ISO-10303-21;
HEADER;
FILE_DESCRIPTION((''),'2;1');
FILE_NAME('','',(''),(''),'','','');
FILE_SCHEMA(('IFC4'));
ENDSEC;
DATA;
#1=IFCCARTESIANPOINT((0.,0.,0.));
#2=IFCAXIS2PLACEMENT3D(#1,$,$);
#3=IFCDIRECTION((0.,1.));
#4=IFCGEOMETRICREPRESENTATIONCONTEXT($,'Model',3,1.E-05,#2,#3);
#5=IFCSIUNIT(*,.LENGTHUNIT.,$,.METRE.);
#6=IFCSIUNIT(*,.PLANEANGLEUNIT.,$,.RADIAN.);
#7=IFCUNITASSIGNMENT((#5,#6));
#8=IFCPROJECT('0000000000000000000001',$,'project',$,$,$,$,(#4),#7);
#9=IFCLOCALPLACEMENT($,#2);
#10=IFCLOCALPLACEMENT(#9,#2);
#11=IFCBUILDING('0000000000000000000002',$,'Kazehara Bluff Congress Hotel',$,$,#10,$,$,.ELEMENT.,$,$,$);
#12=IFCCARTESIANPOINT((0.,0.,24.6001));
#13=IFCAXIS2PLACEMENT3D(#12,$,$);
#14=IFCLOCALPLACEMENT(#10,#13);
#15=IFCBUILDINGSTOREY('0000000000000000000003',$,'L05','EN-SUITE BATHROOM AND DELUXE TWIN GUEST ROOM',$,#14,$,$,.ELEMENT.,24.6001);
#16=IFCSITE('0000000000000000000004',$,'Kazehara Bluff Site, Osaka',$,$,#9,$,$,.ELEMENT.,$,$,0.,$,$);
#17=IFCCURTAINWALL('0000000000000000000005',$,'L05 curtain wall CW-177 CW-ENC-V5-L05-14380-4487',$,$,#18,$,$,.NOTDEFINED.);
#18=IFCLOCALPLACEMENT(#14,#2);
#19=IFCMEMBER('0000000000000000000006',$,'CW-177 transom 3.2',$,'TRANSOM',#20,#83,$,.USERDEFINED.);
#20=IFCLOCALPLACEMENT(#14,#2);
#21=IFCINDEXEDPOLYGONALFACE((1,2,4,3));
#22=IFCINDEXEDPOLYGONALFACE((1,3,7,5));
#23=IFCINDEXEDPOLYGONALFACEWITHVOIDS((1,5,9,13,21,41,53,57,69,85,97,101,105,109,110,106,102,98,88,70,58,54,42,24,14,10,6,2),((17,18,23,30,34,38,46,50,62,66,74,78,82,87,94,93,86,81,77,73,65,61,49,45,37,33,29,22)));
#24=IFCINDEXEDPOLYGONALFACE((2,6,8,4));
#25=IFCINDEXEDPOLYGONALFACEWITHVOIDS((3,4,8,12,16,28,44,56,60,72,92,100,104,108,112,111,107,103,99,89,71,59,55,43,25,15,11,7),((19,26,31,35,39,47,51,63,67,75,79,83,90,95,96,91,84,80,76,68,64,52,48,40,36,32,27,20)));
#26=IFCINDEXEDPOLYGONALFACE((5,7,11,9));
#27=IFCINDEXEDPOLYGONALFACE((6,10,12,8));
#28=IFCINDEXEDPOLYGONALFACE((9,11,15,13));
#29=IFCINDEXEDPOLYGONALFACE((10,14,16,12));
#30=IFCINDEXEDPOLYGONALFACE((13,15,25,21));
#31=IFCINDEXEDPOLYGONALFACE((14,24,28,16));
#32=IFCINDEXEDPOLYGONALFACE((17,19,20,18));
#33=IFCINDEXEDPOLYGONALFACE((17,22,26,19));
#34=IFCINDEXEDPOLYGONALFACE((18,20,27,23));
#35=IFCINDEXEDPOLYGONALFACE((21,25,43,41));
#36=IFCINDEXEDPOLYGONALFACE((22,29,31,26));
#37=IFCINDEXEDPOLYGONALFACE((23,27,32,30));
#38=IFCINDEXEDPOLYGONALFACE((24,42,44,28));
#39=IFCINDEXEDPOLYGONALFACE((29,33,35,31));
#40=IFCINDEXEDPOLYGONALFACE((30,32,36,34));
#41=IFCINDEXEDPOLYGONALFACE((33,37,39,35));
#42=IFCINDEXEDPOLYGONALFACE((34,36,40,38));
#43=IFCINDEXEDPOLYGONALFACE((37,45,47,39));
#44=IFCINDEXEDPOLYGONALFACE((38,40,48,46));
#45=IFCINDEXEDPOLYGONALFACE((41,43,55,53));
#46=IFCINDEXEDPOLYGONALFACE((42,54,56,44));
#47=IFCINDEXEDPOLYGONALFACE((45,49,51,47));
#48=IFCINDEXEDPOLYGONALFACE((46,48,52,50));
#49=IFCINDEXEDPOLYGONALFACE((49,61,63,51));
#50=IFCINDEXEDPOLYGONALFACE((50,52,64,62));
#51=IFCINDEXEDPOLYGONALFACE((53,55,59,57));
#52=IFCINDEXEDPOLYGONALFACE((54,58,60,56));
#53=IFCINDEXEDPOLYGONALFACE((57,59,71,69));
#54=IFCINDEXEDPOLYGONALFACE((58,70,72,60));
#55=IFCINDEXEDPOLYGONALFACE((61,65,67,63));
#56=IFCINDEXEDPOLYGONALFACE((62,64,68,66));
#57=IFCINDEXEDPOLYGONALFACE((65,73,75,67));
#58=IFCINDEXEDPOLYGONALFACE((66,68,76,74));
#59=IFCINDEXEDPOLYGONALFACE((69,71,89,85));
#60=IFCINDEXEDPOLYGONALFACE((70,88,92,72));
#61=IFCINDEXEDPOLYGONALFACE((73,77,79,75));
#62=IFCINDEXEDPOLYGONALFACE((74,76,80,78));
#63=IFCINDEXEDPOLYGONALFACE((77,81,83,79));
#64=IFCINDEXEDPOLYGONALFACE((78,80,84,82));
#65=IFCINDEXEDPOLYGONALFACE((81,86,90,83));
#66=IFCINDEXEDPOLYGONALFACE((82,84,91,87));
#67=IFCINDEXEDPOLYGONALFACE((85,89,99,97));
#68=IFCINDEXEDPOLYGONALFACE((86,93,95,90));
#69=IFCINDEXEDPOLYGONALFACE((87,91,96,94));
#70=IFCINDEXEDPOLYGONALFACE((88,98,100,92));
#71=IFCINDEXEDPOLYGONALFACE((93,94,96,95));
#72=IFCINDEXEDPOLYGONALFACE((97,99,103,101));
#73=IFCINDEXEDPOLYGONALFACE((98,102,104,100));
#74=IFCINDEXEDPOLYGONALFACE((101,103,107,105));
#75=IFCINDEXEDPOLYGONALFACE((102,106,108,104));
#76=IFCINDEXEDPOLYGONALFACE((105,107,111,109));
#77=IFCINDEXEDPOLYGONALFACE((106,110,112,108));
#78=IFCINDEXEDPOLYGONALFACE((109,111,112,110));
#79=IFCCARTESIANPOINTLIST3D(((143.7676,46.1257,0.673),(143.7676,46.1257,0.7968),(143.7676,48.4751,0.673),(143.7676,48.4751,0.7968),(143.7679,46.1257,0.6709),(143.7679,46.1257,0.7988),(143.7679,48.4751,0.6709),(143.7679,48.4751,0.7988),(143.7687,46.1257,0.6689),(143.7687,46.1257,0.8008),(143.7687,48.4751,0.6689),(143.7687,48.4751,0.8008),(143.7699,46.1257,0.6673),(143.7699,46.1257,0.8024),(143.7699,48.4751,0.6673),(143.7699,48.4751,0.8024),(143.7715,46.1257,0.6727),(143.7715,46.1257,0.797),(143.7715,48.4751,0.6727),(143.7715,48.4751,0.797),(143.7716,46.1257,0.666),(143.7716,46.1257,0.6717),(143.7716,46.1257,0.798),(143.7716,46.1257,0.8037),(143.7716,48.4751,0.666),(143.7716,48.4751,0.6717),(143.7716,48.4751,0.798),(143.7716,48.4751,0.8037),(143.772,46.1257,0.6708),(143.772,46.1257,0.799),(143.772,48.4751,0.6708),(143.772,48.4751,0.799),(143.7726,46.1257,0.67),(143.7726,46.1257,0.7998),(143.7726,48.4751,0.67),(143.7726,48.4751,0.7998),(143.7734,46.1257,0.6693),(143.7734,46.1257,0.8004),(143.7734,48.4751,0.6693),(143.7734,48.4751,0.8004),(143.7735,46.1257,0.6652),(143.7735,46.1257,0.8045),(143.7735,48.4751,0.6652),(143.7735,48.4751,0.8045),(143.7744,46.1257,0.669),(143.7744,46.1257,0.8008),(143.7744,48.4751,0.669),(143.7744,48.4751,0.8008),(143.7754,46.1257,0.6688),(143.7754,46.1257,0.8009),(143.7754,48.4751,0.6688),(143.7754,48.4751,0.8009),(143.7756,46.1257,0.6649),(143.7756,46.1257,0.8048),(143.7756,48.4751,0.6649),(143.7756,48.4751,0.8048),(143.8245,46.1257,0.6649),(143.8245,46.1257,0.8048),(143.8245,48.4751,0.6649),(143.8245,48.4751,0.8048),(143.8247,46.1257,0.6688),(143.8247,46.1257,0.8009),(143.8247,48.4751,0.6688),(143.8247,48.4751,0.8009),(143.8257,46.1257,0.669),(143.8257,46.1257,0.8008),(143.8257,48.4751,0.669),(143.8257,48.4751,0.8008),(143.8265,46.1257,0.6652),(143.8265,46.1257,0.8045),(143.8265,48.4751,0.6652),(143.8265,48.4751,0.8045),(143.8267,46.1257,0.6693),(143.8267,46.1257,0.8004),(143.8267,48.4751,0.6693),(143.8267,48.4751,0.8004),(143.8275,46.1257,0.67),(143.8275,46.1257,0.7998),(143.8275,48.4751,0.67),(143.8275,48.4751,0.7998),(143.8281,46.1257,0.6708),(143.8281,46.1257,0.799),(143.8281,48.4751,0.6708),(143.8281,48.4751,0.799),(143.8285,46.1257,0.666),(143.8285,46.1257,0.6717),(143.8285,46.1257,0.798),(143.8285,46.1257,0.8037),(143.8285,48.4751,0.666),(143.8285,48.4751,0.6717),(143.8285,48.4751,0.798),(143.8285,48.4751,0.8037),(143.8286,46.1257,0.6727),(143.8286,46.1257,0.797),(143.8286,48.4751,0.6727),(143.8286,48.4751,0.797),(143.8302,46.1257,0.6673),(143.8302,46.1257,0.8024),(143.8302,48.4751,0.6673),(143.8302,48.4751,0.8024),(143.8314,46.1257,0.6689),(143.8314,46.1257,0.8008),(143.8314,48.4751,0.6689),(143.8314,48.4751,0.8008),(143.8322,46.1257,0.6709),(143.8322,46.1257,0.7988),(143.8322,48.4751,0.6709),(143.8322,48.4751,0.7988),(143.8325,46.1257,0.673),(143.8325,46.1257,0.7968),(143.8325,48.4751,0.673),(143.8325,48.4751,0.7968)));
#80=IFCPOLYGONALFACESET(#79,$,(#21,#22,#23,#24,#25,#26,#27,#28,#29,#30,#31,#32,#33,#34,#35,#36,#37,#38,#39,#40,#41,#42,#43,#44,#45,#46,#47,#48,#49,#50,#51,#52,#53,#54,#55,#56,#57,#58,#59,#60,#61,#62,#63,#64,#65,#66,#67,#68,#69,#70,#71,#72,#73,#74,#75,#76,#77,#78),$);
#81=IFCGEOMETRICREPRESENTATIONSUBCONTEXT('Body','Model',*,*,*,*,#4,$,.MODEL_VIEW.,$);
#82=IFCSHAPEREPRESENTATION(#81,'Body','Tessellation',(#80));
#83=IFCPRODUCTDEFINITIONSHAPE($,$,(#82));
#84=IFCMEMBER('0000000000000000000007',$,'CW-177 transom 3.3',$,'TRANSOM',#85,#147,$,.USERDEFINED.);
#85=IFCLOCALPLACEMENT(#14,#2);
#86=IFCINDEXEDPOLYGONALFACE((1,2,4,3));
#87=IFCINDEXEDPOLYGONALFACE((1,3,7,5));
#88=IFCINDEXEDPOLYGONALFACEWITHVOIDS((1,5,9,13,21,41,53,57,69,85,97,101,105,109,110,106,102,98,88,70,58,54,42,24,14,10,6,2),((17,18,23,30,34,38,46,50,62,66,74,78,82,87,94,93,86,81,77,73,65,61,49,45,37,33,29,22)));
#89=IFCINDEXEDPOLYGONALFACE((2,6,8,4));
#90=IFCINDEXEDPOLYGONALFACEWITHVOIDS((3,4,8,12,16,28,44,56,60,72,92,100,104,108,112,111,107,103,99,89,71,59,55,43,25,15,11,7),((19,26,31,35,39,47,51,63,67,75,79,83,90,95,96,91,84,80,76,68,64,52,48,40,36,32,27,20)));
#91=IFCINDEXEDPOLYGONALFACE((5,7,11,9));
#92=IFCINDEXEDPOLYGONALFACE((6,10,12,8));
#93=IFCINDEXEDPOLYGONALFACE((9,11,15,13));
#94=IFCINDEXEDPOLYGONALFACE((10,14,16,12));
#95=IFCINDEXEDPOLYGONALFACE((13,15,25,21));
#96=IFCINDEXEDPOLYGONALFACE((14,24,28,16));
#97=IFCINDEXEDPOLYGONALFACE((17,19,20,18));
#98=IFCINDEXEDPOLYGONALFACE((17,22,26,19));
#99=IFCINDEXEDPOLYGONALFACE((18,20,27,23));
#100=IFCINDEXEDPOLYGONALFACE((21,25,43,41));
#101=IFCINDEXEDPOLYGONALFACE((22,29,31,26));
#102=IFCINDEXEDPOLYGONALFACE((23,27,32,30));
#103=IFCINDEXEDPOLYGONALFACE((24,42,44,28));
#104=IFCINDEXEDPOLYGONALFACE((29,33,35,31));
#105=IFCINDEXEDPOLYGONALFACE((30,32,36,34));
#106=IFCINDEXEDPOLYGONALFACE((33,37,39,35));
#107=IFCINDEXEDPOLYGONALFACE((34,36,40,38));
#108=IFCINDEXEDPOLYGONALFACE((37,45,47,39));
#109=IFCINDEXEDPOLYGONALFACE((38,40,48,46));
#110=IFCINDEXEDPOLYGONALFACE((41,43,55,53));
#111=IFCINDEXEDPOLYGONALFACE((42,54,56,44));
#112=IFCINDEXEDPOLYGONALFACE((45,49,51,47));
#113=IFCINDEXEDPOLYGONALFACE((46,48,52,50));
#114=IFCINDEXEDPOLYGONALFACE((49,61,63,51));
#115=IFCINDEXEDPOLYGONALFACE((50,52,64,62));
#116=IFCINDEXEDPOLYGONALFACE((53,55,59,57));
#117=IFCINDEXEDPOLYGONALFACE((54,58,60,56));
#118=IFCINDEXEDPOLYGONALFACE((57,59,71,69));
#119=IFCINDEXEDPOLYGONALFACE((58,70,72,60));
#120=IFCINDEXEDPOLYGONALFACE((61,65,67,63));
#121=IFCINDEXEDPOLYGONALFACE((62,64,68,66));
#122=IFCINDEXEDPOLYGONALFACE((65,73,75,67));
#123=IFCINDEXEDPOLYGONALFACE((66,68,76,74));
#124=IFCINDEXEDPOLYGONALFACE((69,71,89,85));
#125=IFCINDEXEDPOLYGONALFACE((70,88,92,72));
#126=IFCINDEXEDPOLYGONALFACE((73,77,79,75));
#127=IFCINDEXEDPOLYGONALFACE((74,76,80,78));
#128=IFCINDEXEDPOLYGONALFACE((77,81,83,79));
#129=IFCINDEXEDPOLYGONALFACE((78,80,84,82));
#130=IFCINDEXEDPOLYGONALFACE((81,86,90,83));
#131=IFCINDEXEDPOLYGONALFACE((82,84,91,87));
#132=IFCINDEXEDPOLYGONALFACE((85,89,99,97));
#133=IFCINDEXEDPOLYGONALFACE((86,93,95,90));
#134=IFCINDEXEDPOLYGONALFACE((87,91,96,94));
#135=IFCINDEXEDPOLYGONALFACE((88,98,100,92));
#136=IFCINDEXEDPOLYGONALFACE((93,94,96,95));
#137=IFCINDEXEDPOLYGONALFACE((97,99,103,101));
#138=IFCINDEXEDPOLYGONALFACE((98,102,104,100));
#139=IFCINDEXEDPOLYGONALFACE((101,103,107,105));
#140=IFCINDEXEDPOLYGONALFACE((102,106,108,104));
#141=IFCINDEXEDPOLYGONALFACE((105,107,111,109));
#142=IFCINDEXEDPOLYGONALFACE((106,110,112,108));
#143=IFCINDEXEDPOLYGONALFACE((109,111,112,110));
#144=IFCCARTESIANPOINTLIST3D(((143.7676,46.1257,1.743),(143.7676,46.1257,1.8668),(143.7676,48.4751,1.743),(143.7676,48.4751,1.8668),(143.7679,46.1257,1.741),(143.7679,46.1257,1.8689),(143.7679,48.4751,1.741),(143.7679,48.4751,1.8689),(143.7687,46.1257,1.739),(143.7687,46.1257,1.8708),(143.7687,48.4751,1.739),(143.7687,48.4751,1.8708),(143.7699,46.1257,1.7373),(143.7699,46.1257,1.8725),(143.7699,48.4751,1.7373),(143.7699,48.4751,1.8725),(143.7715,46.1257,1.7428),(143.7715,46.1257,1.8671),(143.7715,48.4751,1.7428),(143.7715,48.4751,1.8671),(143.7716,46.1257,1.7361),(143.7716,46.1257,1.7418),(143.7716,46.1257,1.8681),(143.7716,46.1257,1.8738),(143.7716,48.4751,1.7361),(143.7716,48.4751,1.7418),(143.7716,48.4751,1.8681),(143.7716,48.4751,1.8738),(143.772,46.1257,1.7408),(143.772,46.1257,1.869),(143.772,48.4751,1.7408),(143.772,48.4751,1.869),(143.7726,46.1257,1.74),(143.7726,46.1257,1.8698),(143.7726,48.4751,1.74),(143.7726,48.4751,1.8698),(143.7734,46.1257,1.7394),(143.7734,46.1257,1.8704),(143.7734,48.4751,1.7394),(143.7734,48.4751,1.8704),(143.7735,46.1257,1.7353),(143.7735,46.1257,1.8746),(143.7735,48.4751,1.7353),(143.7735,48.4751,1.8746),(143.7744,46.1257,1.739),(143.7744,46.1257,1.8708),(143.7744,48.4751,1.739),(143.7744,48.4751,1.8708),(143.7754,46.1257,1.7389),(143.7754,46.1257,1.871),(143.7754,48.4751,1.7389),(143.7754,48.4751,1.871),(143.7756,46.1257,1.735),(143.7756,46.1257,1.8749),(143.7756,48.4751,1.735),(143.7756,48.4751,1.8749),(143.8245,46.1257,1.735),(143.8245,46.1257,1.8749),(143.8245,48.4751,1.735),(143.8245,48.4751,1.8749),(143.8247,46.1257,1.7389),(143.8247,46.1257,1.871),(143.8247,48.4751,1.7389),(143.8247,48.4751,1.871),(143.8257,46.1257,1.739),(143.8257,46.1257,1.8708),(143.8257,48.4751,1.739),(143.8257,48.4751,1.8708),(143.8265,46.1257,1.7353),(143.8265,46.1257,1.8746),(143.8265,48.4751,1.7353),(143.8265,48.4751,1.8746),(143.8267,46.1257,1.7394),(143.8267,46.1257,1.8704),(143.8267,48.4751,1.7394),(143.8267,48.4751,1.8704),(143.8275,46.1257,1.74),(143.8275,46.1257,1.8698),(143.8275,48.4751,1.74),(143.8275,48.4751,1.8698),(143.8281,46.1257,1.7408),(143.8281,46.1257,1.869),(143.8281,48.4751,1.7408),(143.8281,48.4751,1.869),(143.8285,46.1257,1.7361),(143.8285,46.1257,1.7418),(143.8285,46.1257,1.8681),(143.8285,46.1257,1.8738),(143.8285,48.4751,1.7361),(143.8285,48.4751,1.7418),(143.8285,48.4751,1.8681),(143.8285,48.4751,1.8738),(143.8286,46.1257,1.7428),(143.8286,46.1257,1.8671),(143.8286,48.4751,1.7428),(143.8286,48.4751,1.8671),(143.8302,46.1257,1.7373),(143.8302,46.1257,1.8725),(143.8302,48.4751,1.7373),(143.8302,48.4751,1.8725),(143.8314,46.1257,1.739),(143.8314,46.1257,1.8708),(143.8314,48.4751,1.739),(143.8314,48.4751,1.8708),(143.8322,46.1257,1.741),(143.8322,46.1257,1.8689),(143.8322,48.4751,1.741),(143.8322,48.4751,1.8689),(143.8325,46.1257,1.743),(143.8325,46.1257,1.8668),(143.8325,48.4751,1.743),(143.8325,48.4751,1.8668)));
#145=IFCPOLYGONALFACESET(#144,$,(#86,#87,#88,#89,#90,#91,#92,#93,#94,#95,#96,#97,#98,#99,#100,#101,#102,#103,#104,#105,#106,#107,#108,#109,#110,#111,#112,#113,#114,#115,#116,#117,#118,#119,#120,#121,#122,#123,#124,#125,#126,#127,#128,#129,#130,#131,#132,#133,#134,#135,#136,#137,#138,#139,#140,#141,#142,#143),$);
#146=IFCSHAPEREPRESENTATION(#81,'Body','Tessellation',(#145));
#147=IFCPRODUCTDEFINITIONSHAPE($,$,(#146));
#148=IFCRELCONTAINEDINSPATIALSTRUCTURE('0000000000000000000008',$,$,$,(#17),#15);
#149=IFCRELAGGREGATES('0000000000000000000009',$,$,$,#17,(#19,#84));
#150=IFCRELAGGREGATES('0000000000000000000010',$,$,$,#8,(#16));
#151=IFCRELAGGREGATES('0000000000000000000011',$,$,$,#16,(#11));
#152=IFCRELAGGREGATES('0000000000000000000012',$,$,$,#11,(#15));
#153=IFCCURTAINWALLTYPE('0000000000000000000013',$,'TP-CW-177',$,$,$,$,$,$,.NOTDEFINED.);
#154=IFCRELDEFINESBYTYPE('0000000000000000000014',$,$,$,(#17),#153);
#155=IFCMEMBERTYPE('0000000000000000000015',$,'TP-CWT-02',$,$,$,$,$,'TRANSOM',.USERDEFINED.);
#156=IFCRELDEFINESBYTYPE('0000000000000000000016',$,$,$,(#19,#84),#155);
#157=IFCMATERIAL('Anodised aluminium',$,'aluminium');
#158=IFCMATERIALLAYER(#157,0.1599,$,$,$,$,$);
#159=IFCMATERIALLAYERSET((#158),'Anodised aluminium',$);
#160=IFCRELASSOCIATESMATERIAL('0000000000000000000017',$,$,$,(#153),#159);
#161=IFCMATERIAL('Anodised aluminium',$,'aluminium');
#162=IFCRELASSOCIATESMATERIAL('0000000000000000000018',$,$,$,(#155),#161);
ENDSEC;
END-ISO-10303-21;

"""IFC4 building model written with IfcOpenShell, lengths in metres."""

from ifc_helpers import new_model, si_unit, direction, frame, origin, origin_2d, place, context, subcontext, project, spatial, hollow_rectangle, extrude, material, layer, layer_set, material_profile, profile_set, type_object, element, aggregate, save


model = new_model("IFC4")

# Units and contexts
model_context = context("Model", 3, precision=1e-05, world=origin(), true_north=direction((0.0, 1.0)))
body_context = subcontext(model_context, "Body", "Model", "MODEL_VIEW")
ifc_project = project(units=[si_unit("LENGTHUNIT", "METRE"), si_unit("PLANEANGLEUNIT", "RADIAN")], contexts=[model_context])

# Site, building, storey
site_placement = place(None, origin())
site = spatial("IfcSite", under=ifc_project, at=site_placement, Name="Kazehara Bluff Site, Osaka", CompositionType="ELEMENT", RefElevation=0.0)
building_placement = place(site_placement, origin())
building = spatial("IfcBuilding", under=site, at=building_placement, Name="Kazehara Bluff Congress Hotel", CompositionType="ELEMENT")
storey_placement = place(building_placement, frame((0.0, 0.0, 24.6001)))
storey = spatial("IfcBuildingStorey", under=building, at=storey_placement, Name="L05", Description="EN-SUITE BATHROOM AND DELUXE TWIN GUEST ROOM", CompositionType="ELEMENT", Elevation=24.6001)

# Curtain wall, members
ifc_material_1 = material(Name="Anodised aluminium", Category="aluminium")
ifc_layer_1 = layer(ifc_material_1, 0.1599)
ifc_layer_set_1 = layer_set([ifc_layer_1], Name="Anodised aluminium")
curtain_wall_type_1 = type_object("IfcCurtainWallType", Name="TP-CW-177", PredefinedType="NOTDEFINED", material=ifc_layer_set_1)
curtain_wall_1_placement = place(storey_placement, origin())
curtain_wall_1 = element("IfcCurtainWall", 1, at=curtain_wall_1_placement, inside=storey, type_object=curtain_wall_type_1, Name="L05 curtain wall CW-177 CW-ENC-V5-L05-14380-4487", PredefinedType="NOTDEFINED")
ifc_material_2 = material(Name="Anodised aluminium", Category="aluminium")
ifc_material_profile_1 = material_profile(ifc_material_2, hollow_rectangle(XDim=0.0649, YDim=0.1399, WallThickness=0.0039, InnerFilletRadius=0.0039, OuterFilletRadius=0.0081, at=origin_2d()))
ifc_profile_set_1 = profile_set([ifc_material_profile_1], Name="Anodised aluminium")
member_type_1 = type_object("IfcMemberType", Name="TP-CWT-02", ElementType="TRANSOM", PredefinedType="USERDEFINED", material=ifc_profile_set_1)
member_1_placement = place(storey_placement, frame((143.8, 46.1257, 0.7349), z_axis=(0.0, 1.0, 0.0), x_axis=(-1.0, 0.0, 0.0)))
member_1 = element("IfcMember", 2, at=member_1_placement, type_object=member_type_1, Name="CW-177 transom 3.2", ObjectType="TRANSOM", PredefinedType="USERDEFINED", context=body_context, shape_type="SweptSolid", body=[
    extrude(hollow_rectangle(XDim=0.0649, YDim=0.1399, WallThickness=0.0039, InnerFilletRadius=0.0039, OuterFilletRadius=0.0081, at=origin_2d()), origin(), (0.0, 0.0, 1.0), 2.3494),
])
member_2_placement = place(storey_placement, frame((143.8, 46.1257, 1.8049), z_axis=(0.0, 1.0, 0.0), x_axis=(-1.0, 0.0, 0.0)))
member_2 = element("IfcMember", 3, at=member_2_placement, type_object=member_type_1, Name="CW-177 transom 3.3", ObjectType="TRANSOM", PredefinedType="USERDEFINED", context=body_context, shape_type="SweptSolid", body=[
    extrude(hollow_rectangle(XDim=0.0649, YDim=0.1399, WallThickness=0.0039, InnerFilletRadius=0.0039, OuterFilletRadius=0.0081, at=origin_2d()), origin(), (0.0, 0.0, 1.0), 2.3494),
])
aggregate(curtain_wall_1, [member_1, member_2])

save(model, "model.ifc")
